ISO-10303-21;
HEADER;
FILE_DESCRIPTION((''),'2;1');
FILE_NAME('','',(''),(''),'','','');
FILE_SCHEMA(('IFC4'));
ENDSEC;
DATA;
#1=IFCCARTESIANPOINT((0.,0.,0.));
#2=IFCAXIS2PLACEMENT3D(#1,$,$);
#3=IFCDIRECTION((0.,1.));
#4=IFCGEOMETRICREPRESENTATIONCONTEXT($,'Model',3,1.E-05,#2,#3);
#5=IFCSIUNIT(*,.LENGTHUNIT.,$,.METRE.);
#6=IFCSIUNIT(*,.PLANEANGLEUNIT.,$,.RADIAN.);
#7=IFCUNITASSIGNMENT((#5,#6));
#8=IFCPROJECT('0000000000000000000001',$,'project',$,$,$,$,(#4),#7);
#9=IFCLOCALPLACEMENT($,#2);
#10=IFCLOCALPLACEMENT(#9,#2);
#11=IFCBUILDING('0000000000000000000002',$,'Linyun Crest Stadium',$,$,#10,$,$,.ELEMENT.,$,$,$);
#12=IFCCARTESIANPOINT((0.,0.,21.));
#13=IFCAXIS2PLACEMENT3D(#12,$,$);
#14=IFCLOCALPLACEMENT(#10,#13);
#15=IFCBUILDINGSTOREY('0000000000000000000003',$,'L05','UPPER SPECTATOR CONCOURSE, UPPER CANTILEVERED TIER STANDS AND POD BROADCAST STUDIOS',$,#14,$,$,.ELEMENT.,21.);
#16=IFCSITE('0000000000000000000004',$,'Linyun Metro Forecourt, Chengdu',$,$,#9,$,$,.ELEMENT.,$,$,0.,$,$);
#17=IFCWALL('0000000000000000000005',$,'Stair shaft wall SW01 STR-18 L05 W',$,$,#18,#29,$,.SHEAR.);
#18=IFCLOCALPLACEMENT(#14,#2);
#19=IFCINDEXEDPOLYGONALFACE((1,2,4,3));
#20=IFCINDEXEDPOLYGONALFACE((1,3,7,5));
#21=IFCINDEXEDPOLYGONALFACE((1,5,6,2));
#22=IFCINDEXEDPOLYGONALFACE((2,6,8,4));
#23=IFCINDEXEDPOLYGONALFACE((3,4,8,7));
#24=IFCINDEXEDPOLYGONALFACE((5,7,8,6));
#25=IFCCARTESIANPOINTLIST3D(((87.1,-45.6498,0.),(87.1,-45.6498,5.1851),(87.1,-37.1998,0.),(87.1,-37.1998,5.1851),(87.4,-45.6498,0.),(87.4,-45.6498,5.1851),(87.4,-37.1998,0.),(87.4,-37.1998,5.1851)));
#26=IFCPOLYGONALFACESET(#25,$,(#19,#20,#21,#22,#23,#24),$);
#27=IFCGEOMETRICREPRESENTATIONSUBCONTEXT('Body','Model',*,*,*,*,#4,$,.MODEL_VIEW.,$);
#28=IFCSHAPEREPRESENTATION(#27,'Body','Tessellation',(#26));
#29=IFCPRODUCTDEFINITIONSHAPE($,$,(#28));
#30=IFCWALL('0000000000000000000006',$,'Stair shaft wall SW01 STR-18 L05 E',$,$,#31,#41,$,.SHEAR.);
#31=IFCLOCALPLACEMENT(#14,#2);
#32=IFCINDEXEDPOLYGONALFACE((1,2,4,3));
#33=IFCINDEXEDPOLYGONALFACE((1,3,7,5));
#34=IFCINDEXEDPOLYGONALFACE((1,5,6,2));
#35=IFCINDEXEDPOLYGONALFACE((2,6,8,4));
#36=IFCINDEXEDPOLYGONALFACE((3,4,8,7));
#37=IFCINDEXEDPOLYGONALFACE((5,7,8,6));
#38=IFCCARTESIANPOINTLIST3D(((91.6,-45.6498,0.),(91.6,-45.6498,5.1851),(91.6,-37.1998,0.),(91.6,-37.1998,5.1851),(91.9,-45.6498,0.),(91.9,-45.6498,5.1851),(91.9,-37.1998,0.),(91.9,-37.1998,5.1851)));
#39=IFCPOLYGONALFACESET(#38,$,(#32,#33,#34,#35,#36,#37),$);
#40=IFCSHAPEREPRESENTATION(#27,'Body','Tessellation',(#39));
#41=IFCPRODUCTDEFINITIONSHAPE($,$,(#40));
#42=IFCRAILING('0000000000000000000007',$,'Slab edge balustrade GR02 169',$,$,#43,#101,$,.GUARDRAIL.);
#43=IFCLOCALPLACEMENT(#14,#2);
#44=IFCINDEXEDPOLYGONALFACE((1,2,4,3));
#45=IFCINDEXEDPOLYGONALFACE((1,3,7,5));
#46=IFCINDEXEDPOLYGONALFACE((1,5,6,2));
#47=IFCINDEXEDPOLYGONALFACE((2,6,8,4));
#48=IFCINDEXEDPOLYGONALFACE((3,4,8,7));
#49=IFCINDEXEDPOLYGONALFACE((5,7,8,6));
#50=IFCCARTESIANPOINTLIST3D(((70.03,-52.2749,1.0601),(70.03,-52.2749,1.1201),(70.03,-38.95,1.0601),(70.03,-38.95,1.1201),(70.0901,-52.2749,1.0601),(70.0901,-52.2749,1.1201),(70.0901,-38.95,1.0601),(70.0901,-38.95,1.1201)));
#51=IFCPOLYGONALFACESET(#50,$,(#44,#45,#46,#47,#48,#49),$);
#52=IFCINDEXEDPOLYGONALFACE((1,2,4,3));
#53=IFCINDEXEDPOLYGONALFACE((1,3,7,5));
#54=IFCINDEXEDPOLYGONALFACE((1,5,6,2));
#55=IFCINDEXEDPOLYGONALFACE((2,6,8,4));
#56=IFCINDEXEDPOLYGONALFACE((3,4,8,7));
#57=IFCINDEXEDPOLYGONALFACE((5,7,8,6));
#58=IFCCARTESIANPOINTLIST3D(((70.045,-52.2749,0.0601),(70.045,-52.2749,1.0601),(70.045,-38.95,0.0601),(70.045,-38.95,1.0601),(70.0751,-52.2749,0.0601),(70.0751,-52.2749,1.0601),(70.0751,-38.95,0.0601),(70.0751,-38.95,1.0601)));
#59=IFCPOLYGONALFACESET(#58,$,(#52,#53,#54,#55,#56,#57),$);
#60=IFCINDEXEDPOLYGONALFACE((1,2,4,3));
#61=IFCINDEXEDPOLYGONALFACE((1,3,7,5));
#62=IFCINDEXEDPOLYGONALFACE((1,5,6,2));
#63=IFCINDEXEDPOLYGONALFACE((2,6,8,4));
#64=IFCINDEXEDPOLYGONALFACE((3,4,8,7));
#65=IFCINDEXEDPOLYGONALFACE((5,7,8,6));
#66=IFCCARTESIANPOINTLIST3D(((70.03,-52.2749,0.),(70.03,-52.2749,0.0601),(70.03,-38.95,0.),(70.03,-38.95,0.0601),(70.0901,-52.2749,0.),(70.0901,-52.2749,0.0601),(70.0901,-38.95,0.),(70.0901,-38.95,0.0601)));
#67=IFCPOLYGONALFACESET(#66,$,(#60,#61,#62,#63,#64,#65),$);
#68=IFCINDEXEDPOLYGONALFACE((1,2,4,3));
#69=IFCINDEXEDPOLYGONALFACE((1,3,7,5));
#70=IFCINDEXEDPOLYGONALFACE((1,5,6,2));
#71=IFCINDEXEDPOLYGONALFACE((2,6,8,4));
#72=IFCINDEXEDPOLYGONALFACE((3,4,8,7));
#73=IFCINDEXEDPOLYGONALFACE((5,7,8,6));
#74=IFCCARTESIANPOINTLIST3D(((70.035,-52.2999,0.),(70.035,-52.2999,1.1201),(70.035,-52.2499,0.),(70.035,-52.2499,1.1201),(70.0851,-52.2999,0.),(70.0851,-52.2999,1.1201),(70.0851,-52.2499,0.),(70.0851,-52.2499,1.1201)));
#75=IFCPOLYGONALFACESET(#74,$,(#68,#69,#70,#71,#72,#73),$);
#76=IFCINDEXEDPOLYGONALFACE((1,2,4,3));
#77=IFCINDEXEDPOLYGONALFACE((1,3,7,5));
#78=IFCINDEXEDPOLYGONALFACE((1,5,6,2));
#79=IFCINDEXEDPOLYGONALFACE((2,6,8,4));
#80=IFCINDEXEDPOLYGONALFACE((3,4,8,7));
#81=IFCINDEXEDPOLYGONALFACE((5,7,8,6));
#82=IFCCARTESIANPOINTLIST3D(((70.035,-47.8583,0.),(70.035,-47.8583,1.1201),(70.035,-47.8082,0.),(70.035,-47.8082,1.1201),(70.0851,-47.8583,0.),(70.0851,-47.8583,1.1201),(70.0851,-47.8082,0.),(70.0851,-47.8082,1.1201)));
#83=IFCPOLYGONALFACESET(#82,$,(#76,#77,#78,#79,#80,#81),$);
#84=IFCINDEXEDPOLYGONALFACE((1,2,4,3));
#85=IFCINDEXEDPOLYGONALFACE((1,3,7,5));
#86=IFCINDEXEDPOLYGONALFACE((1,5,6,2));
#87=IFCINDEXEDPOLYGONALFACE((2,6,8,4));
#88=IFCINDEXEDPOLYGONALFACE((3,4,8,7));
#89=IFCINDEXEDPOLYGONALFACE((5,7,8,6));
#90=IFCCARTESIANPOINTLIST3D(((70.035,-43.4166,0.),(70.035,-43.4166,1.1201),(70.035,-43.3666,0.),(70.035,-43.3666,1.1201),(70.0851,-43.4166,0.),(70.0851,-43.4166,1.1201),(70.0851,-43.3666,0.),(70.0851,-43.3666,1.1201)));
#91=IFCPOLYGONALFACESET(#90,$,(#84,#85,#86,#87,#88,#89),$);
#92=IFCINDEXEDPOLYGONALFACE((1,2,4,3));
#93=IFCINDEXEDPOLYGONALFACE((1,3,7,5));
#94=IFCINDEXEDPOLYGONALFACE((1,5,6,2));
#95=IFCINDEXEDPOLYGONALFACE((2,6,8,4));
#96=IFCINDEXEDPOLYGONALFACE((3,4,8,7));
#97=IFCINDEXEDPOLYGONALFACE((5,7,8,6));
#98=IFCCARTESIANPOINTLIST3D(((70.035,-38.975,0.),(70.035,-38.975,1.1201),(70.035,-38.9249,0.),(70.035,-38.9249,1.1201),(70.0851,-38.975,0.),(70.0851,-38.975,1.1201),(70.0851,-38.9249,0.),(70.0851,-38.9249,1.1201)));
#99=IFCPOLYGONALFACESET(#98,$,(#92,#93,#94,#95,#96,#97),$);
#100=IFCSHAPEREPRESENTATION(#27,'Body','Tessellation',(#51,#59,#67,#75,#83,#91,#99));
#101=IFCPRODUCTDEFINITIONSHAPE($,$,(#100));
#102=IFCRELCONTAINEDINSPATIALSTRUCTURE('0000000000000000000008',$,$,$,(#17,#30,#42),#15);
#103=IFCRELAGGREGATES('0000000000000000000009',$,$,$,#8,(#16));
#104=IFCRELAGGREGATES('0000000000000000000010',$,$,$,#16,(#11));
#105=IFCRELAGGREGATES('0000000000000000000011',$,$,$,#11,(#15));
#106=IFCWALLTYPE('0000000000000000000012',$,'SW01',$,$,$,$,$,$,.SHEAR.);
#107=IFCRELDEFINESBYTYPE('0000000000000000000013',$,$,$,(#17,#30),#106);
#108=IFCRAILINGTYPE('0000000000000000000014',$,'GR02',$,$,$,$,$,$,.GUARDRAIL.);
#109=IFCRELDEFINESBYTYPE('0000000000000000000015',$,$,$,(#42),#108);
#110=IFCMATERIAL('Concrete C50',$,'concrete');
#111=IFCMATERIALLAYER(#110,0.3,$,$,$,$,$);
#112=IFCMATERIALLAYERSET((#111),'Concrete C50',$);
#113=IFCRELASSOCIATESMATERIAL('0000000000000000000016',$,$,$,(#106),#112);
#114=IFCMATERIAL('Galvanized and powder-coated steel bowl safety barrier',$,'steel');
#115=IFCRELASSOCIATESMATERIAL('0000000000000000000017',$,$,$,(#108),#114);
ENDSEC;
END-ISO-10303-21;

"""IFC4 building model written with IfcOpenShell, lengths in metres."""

from ifc_helpers import new_model, si_unit, direction, frame, frame_2d, origin, origin_2d, place, context, subcontext, project, spatial, rectangle, extrude, material, layer, layer_set, type_object, element, save


model = new_model("IFC4")

# Units and contexts
model_context = context("Model", 3, precision=1e-05, world=origin(), true_north=direction((0.0, 1.0)))
body_context = subcontext(model_context, "Body", "Model", "MODEL_VIEW")
ifc_project = project(units=[si_unit("LENGTHUNIT", "METRE"), si_unit("PLANEANGLEUNIT", "RADIAN")], contexts=[model_context])

# Site, building, storey
site_placement = place(None, origin())
site = spatial("IfcSite", under=ifc_project, at=site_placement, Name="Linyun Metro Forecourt, Chengdu", CompositionType="ELEMENT", RefElevation=0.0)
building_placement = place(site_placement, origin())
building = spatial("IfcBuilding", under=site, at=building_placement, Name="Linyun Crest Stadium", CompositionType="ELEMENT")
storey_placement = place(building_placement, frame((0.0, 0.0, 21.0)))
storey = spatial("IfcBuildingStorey", under=building, at=storey_placement, Name="L05", Description="UPPER SPECTATOR CONCOURSE, UPPER CANTILEVERED TIER STANDS AND POD BROADCAST STUDIOS", CompositionType="ELEMENT", Elevation=21.0)

# Shared definitions
ifc_material_1 = material(Name="Concrete C50", Category="concrete")
ifc_layer_1 = layer(ifc_material_1, 0.3)
ifc_layer_set_1 = layer_set([ifc_layer_1], Name="Concrete C50")
wall_type_1 = type_object("IfcWallType", Name="SW01", PredefinedType="SHEAR", material=ifc_layer_set_1)

# Walls
for number, where, z_axis, x_axis, name in (
    (1, (87.25, -45.6499, 0.0), (0.0, 0.0, 1.0), (0.0, 1.0, 0.0), "Stair shaft wall SW01 STR-18 L05 W"),
    (2, (91.75, -45.6499, 0.0), (0.0, 0.0, 1.0), (0.0, 1.0, 0.0), "Stair shaft wall SW01 STR-18 L05 E"),
):
    element("IfcWall", number, at=place(storey_placement, frame(where, z_axis=z_axis, x_axis=x_axis)), inside=storey, type_object=wall_type_1, Name=name, PredefinedType="SHEAR", context=body_context, shape_type="SweptSolid", body=[
        extrude(rectangle(XDim=8.45, YDim=0.3, at=frame_2d((4.2251, 0.0))), origin(), (0.0, 0.0, 1.0), 5.1851),
    ])

# Railing
ifc_material_2 = material(Name="Galvanized and powder-coated steel bowl safety barrier", Category="steel")
railing_type_1 = type_object("IfcRailingType", Name="GR02", PredefinedType="GUARDRAIL", material=ifc_material_2)
railing_1_placement = place(storey_placement, frame((70.0601, -52.2749, 0.0)))
element("IfcRailing", 3, at=railing_1_placement, inside=storey, type_object=railing_type_1, Name="Slab edge balustrade GR02 169", PredefinedType="GUARDRAIL", context=body_context, shape_type="SweptSolid", body=[
    extrude(rectangle(XDim=0.0601, YDim=0.0601, at=origin_2d()), frame((0.0, 0.0, 1.0901), z_axis=(0.0, 1.0, 0.0), x_axis=(-1.0, 0.0, 0.0)), (0.0, 0.0, 1.0), 13.325),
    extrude(rectangle(XDim=0.03, YDim=1.0, at=origin_2d()), frame((0.0, 0.0, 0.5601), z_axis=(0.0, 1.0, 0.0), x_axis=(-1.0, 0.0, 0.0)), (0.0, 0.0, 1.0), 13.325),
    extrude(rectangle(XDim=0.0601, YDim=0.0601, at=origin_2d()), frame((0.0, 0.0, 0.03), z_axis=(0.0, 1.0, 0.0), x_axis=(-1.0, 0.0, 0.0)), (0.0, 0.0, 1.0), 13.325),
    extrude(rectangle(XDim=0.05, YDim=0.05, at=origin_2d()), origin(), (0.0, 0.0, 1.0), 1.1201),
    extrude(rectangle(XDim=0.05, YDim=0.05, at=origin_2d()), frame((0.0, 4.4417, 0.0)), (0.0, 0.0, 1.0), 1.1201),
    extrude(rectangle(XDim=0.05, YDim=0.05, at=origin_2d()), frame((0.0, 8.8833, 0.0)), (0.0, 0.0, 1.0), 1.1201),
    extrude(rectangle(XDim=0.05, YDim=0.05, at=origin_2d()), frame((0.0, 13.325, 0.0)), (0.0, 0.0, 1.0), 1.1201),
])

save(model, "model.ifc")
